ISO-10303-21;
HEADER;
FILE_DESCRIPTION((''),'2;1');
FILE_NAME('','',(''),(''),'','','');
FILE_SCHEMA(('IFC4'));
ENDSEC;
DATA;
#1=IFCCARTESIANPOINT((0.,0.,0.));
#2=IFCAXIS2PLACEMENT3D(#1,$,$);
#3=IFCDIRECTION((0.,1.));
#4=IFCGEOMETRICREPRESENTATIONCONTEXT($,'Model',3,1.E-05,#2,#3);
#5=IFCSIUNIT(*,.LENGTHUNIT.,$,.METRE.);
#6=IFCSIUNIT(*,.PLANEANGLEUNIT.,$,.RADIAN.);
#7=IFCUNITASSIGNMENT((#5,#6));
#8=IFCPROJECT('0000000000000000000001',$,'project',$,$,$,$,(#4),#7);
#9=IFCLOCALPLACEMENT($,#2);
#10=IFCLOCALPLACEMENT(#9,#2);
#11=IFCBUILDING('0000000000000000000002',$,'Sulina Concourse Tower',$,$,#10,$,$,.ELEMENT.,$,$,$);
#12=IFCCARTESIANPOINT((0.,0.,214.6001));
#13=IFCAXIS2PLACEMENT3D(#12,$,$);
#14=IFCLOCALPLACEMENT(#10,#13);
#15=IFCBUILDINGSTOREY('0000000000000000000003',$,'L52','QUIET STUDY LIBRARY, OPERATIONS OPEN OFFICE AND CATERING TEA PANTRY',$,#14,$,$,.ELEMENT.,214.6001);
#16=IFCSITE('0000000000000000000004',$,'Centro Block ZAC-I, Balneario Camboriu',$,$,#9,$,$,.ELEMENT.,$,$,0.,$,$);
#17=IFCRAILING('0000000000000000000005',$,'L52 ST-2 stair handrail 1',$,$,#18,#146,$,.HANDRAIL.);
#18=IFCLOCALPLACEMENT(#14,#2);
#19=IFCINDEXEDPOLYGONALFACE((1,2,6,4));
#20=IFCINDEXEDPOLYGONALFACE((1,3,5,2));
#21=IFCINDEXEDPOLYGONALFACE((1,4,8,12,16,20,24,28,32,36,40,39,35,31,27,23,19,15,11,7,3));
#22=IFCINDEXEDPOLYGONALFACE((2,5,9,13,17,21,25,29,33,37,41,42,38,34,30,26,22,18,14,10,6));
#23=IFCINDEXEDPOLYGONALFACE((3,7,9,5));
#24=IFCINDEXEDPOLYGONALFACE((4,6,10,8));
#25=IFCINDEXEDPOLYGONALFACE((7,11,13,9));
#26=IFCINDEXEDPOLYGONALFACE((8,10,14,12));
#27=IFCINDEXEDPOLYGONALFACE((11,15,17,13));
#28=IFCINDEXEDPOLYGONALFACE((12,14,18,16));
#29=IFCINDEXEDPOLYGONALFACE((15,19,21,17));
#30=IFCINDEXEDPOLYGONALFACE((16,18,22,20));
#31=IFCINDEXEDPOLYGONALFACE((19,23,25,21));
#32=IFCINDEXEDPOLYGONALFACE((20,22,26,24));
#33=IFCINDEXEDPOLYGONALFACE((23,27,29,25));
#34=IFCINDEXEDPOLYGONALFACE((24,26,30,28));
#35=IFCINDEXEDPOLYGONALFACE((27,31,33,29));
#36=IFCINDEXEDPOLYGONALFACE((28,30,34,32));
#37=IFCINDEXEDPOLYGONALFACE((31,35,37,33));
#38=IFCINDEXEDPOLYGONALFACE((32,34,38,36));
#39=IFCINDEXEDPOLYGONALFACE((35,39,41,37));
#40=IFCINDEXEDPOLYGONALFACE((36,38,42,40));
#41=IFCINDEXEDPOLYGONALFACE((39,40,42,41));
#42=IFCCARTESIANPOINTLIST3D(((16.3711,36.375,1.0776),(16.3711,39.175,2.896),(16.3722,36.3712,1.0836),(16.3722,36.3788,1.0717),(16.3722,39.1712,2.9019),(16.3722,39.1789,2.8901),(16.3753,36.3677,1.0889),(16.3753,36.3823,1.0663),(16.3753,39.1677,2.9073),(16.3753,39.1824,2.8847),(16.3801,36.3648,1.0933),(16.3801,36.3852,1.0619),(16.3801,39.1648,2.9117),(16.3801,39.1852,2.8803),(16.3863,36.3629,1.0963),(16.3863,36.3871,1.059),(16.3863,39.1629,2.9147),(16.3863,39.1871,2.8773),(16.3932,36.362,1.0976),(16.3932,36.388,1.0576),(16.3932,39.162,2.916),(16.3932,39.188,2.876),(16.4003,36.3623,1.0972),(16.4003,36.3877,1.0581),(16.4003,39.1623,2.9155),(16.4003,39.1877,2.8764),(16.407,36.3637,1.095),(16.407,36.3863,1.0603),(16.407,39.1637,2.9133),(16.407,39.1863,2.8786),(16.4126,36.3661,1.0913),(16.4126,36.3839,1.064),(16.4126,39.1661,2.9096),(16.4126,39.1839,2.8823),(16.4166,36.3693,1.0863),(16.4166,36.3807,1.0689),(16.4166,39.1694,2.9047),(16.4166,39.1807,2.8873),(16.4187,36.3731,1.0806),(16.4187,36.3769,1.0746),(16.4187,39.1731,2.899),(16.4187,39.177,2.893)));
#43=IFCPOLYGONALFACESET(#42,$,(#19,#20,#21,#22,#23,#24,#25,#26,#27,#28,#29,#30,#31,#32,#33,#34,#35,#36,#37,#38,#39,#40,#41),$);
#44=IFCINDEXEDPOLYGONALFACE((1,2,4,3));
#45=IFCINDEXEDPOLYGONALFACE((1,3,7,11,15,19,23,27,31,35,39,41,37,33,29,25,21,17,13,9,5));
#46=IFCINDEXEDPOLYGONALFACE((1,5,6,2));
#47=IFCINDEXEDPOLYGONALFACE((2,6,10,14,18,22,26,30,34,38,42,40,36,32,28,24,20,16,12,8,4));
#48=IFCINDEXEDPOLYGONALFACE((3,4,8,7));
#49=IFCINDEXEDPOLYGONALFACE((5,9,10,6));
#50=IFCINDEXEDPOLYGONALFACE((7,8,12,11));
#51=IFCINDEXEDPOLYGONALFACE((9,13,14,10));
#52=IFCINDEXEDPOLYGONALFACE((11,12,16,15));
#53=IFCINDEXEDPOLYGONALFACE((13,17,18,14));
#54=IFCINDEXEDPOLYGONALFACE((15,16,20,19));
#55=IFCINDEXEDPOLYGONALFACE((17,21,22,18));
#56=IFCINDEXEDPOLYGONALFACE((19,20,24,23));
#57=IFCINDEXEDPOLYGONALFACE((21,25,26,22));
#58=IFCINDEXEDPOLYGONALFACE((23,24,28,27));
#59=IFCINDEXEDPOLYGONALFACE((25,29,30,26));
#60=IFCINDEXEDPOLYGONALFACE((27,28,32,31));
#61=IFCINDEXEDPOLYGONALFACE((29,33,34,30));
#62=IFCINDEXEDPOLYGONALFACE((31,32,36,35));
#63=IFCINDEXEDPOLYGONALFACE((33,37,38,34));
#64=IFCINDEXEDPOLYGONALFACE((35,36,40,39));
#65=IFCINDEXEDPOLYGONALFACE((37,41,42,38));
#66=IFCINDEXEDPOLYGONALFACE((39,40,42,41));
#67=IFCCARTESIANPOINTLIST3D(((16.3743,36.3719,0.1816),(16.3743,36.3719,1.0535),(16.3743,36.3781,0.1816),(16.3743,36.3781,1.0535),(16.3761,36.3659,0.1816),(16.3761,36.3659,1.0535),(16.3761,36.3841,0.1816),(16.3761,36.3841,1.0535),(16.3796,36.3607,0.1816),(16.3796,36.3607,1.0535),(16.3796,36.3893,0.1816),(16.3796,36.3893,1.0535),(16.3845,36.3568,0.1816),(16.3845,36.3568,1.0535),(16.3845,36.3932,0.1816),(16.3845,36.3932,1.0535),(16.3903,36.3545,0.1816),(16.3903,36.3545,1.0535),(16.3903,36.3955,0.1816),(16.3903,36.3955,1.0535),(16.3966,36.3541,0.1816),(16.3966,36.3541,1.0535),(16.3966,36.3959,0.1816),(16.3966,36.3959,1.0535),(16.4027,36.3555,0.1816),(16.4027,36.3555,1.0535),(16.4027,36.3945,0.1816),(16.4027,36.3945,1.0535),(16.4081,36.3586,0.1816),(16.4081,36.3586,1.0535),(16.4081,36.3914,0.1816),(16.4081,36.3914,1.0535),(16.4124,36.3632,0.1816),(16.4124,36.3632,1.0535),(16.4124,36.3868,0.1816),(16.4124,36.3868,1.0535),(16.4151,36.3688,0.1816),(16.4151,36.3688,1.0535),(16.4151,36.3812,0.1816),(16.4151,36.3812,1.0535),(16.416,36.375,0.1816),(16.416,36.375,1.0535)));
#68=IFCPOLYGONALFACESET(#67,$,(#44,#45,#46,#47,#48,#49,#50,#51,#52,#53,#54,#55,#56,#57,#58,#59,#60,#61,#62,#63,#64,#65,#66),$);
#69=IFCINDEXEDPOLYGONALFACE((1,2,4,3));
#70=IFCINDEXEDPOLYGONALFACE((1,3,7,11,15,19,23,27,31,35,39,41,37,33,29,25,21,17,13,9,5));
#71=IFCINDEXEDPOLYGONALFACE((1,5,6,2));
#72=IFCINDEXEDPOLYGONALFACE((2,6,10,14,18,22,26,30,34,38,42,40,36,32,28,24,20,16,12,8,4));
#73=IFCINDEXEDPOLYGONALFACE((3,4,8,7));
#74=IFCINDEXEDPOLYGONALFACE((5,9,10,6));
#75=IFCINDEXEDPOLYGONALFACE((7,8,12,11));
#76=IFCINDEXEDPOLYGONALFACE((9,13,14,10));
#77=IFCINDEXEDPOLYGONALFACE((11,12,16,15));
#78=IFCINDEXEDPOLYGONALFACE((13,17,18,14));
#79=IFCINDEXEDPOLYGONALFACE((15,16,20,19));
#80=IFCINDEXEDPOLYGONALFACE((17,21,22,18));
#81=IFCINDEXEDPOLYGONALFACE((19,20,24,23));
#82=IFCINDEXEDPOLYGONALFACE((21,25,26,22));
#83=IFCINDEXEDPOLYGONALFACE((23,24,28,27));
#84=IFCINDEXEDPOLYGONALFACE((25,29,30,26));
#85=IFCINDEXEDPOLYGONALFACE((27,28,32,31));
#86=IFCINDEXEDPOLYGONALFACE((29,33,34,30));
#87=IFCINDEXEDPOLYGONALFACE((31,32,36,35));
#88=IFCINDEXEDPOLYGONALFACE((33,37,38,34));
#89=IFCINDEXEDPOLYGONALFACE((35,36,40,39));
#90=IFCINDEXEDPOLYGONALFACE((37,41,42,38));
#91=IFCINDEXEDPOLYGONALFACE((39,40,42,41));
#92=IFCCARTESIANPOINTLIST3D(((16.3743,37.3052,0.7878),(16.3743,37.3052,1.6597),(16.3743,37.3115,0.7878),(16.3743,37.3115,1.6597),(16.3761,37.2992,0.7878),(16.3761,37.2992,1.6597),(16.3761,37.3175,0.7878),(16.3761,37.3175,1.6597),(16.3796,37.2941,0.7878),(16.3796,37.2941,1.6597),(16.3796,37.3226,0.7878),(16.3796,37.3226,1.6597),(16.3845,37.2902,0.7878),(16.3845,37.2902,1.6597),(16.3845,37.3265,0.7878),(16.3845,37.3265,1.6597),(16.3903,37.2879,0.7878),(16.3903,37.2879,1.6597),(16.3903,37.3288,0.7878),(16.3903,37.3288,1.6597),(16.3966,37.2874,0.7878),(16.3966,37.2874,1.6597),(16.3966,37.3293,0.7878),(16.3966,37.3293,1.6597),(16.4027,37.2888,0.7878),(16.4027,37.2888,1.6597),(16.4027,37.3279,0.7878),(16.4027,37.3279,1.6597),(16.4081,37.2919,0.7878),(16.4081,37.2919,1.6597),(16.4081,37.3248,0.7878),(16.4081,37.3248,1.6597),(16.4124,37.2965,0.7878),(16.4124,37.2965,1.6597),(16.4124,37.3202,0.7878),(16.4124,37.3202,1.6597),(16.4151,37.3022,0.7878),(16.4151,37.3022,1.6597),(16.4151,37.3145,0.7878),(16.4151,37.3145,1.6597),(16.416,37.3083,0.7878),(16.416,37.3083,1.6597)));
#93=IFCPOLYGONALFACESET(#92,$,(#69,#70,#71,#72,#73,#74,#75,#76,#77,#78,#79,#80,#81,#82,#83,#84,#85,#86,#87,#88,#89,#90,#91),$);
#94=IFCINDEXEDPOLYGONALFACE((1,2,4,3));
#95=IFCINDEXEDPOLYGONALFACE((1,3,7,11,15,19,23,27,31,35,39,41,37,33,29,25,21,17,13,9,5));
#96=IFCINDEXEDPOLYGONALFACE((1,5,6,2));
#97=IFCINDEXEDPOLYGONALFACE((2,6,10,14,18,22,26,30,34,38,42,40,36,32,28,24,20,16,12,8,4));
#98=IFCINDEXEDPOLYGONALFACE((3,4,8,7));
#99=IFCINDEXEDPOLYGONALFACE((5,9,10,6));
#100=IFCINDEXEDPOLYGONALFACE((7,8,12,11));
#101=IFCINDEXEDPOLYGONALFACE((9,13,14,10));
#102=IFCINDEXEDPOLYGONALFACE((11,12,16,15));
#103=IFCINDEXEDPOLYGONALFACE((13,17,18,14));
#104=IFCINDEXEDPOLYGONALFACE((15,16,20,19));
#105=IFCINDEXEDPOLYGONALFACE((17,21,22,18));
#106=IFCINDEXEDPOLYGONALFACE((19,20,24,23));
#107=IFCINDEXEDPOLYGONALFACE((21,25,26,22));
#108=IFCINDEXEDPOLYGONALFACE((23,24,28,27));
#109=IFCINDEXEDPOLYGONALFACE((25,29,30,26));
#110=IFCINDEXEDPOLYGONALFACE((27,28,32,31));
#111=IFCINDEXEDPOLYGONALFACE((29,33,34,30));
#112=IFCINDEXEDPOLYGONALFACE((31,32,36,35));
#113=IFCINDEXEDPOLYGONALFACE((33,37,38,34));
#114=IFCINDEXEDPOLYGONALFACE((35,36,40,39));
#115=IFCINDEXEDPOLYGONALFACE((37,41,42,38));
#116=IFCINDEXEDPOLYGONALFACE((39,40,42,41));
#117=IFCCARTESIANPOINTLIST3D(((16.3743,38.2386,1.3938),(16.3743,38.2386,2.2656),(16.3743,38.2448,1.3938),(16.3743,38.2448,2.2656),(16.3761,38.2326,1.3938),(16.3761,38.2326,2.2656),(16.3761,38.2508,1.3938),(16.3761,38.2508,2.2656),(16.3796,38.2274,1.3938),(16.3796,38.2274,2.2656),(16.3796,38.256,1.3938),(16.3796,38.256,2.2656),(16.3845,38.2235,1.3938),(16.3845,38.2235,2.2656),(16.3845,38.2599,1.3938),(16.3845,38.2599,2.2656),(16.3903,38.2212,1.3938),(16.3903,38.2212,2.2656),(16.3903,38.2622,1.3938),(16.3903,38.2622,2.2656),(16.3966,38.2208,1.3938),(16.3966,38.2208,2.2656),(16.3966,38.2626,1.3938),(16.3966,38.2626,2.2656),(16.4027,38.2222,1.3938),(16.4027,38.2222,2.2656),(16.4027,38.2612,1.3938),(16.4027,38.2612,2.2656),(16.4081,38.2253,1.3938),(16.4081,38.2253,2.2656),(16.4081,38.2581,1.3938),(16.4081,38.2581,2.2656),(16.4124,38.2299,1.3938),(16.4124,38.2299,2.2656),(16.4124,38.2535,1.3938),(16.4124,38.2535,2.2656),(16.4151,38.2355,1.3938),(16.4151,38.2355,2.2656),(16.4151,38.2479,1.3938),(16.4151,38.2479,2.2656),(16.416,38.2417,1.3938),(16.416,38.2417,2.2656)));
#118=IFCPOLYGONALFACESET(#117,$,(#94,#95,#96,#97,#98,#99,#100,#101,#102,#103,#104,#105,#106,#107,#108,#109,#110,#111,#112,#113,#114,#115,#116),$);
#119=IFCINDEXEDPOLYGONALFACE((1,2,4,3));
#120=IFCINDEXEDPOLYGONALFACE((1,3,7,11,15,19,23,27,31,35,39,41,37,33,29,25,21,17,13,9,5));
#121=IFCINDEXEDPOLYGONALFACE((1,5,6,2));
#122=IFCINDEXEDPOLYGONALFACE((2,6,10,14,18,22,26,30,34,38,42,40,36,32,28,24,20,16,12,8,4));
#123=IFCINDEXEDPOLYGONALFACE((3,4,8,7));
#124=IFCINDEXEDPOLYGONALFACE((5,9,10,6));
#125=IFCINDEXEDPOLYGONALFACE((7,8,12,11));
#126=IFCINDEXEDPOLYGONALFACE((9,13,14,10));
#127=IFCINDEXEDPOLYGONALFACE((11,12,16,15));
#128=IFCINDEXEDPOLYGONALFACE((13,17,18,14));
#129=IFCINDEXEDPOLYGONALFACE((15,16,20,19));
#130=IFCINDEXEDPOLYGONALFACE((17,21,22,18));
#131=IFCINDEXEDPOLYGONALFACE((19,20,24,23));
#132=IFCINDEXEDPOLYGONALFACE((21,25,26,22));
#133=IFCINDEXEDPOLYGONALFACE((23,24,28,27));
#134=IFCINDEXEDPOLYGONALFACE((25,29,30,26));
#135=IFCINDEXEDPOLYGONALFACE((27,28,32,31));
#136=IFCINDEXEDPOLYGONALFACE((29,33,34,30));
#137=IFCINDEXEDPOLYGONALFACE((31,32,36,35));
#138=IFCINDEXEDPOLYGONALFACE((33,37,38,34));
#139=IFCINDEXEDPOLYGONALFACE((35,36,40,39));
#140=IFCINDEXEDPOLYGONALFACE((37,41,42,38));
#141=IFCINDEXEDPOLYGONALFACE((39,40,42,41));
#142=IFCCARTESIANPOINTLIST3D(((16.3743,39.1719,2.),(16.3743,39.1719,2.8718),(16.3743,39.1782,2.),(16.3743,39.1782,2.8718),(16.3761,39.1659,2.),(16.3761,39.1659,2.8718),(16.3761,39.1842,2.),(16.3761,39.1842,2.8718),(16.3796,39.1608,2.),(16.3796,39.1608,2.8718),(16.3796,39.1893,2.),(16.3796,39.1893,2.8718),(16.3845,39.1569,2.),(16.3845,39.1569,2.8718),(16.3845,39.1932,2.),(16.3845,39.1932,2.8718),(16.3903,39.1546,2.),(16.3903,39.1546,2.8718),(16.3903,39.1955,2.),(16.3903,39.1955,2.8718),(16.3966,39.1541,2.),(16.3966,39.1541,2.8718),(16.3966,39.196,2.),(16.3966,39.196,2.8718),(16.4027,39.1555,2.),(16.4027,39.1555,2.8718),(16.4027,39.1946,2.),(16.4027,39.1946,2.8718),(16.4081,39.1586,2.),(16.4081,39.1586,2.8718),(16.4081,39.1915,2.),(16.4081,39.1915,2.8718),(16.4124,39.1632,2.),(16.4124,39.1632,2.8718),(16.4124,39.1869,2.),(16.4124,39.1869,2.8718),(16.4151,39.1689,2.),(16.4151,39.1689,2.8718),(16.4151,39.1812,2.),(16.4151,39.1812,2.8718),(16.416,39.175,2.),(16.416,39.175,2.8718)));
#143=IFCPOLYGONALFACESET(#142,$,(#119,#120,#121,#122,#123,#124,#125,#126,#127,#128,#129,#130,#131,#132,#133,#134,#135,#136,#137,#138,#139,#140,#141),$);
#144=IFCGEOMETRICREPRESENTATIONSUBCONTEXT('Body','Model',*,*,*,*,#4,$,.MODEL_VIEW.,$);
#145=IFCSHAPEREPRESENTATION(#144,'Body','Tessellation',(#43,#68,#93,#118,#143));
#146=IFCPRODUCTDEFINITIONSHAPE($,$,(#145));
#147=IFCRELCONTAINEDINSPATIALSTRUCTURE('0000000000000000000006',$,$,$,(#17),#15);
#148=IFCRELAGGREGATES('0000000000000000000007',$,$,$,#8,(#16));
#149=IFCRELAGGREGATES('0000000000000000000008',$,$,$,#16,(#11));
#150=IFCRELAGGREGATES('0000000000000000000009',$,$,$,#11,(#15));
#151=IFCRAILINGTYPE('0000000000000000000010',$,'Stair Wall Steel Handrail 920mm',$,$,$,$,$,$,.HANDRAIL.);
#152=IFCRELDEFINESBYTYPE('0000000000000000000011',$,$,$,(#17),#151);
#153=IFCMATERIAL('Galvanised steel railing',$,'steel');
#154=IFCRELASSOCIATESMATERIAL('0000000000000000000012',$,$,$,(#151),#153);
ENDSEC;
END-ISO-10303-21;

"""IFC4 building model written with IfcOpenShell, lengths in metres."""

from ifc_helpers import new_model, si_unit, direction, frame, origin, origin_2d, place, context, subcontext, project, spatial, circle, extrude, material, type_object, element, save


model = new_model("IFC4")

# Units and contexts
model_context = context("Model", 3, precision=1e-05, world=origin(), true_north=direction((0.0, 1.0)))
body_context = subcontext(model_context, "Body", "Model", "MODEL_VIEW")
ifc_project = project(units=[si_unit("LENGTHUNIT", "METRE"), si_unit("PLANEANGLEUNIT", "RADIAN")], contexts=[model_context])

# Site, building, storey
site_placement = place(None, origin())
site = spatial("IfcSite", under=ifc_project, at=site_placement, Name="Centro Block ZAC-I, Balneario Camboriu", CompositionType="ELEMENT", RefElevation=0.0)
building_placement = place(site_placement, origin())
building = spatial("IfcBuilding", under=site, at=building_placement, Name="Sulina Concourse Tower", CompositionType="ELEMENT")
storey_placement = place(building_placement, frame((0.0, 0.0, 214.6001)))
storey = spatial("IfcBuildingStorey", under=building, at=storey_placement, Name="L52", Description="QUIET STUDY LIBRARY, OPERATIONS OPEN OFFICE AND CATERING TEA PANTRY", CompositionType="ELEMENT", Elevation=214.6001)

# Railing
ifc_material_1 = material(Name="Galvanised steel railing", Category="steel")
railing_type_1 = type_object("IfcRailingType", Name="Stair Wall Steel Handrail 920mm", PredefinedType="HANDRAIL", material=ifc_material_1)
railing_1_placement = place(storey_placement, frame((16.395, 36.375, 0.1816)))
element("IfcRailing", 1, at=railing_1_placement, inside=storey, type_object=railing_type_1, Name="L52 ST-2 stair handrail 1", PredefinedType="HANDRAIL", context=body_context, shape_type="SweptSolid", body=[
    extrude(circle(Radius=0.0239, at=origin_2d()), frame((0.0, 0.0, 0.896), z_axis=(0.0, 0.838672, 0.544636), x_axis=(-1.0, 0.0, 0.0)), (0.0, 0.0, 1.0), 3.3386),
    extrude(circle(Radius=0.021, at=origin_2d()), origin(), (0.0, 0.0, 1.0), 0.8718),
    extrude(circle(Radius=0.021, at=origin_2d()), frame((0.0, 0.9333, 0.6062)), (0.0, 0.0, 1.0), 0.8718),
    extrude(circle(Radius=0.021, at=origin_2d()), frame((0.0, 1.8667, 1.2122)), (0.0, 0.0, 1.0), 0.8718),
    extrude(circle(Radius=0.021, at=origin_2d()), frame((0.0, 2.8, 1.8184)), (0.0, 0.0, 1.0), 0.8718),
])

save(model, "model.ifc")
